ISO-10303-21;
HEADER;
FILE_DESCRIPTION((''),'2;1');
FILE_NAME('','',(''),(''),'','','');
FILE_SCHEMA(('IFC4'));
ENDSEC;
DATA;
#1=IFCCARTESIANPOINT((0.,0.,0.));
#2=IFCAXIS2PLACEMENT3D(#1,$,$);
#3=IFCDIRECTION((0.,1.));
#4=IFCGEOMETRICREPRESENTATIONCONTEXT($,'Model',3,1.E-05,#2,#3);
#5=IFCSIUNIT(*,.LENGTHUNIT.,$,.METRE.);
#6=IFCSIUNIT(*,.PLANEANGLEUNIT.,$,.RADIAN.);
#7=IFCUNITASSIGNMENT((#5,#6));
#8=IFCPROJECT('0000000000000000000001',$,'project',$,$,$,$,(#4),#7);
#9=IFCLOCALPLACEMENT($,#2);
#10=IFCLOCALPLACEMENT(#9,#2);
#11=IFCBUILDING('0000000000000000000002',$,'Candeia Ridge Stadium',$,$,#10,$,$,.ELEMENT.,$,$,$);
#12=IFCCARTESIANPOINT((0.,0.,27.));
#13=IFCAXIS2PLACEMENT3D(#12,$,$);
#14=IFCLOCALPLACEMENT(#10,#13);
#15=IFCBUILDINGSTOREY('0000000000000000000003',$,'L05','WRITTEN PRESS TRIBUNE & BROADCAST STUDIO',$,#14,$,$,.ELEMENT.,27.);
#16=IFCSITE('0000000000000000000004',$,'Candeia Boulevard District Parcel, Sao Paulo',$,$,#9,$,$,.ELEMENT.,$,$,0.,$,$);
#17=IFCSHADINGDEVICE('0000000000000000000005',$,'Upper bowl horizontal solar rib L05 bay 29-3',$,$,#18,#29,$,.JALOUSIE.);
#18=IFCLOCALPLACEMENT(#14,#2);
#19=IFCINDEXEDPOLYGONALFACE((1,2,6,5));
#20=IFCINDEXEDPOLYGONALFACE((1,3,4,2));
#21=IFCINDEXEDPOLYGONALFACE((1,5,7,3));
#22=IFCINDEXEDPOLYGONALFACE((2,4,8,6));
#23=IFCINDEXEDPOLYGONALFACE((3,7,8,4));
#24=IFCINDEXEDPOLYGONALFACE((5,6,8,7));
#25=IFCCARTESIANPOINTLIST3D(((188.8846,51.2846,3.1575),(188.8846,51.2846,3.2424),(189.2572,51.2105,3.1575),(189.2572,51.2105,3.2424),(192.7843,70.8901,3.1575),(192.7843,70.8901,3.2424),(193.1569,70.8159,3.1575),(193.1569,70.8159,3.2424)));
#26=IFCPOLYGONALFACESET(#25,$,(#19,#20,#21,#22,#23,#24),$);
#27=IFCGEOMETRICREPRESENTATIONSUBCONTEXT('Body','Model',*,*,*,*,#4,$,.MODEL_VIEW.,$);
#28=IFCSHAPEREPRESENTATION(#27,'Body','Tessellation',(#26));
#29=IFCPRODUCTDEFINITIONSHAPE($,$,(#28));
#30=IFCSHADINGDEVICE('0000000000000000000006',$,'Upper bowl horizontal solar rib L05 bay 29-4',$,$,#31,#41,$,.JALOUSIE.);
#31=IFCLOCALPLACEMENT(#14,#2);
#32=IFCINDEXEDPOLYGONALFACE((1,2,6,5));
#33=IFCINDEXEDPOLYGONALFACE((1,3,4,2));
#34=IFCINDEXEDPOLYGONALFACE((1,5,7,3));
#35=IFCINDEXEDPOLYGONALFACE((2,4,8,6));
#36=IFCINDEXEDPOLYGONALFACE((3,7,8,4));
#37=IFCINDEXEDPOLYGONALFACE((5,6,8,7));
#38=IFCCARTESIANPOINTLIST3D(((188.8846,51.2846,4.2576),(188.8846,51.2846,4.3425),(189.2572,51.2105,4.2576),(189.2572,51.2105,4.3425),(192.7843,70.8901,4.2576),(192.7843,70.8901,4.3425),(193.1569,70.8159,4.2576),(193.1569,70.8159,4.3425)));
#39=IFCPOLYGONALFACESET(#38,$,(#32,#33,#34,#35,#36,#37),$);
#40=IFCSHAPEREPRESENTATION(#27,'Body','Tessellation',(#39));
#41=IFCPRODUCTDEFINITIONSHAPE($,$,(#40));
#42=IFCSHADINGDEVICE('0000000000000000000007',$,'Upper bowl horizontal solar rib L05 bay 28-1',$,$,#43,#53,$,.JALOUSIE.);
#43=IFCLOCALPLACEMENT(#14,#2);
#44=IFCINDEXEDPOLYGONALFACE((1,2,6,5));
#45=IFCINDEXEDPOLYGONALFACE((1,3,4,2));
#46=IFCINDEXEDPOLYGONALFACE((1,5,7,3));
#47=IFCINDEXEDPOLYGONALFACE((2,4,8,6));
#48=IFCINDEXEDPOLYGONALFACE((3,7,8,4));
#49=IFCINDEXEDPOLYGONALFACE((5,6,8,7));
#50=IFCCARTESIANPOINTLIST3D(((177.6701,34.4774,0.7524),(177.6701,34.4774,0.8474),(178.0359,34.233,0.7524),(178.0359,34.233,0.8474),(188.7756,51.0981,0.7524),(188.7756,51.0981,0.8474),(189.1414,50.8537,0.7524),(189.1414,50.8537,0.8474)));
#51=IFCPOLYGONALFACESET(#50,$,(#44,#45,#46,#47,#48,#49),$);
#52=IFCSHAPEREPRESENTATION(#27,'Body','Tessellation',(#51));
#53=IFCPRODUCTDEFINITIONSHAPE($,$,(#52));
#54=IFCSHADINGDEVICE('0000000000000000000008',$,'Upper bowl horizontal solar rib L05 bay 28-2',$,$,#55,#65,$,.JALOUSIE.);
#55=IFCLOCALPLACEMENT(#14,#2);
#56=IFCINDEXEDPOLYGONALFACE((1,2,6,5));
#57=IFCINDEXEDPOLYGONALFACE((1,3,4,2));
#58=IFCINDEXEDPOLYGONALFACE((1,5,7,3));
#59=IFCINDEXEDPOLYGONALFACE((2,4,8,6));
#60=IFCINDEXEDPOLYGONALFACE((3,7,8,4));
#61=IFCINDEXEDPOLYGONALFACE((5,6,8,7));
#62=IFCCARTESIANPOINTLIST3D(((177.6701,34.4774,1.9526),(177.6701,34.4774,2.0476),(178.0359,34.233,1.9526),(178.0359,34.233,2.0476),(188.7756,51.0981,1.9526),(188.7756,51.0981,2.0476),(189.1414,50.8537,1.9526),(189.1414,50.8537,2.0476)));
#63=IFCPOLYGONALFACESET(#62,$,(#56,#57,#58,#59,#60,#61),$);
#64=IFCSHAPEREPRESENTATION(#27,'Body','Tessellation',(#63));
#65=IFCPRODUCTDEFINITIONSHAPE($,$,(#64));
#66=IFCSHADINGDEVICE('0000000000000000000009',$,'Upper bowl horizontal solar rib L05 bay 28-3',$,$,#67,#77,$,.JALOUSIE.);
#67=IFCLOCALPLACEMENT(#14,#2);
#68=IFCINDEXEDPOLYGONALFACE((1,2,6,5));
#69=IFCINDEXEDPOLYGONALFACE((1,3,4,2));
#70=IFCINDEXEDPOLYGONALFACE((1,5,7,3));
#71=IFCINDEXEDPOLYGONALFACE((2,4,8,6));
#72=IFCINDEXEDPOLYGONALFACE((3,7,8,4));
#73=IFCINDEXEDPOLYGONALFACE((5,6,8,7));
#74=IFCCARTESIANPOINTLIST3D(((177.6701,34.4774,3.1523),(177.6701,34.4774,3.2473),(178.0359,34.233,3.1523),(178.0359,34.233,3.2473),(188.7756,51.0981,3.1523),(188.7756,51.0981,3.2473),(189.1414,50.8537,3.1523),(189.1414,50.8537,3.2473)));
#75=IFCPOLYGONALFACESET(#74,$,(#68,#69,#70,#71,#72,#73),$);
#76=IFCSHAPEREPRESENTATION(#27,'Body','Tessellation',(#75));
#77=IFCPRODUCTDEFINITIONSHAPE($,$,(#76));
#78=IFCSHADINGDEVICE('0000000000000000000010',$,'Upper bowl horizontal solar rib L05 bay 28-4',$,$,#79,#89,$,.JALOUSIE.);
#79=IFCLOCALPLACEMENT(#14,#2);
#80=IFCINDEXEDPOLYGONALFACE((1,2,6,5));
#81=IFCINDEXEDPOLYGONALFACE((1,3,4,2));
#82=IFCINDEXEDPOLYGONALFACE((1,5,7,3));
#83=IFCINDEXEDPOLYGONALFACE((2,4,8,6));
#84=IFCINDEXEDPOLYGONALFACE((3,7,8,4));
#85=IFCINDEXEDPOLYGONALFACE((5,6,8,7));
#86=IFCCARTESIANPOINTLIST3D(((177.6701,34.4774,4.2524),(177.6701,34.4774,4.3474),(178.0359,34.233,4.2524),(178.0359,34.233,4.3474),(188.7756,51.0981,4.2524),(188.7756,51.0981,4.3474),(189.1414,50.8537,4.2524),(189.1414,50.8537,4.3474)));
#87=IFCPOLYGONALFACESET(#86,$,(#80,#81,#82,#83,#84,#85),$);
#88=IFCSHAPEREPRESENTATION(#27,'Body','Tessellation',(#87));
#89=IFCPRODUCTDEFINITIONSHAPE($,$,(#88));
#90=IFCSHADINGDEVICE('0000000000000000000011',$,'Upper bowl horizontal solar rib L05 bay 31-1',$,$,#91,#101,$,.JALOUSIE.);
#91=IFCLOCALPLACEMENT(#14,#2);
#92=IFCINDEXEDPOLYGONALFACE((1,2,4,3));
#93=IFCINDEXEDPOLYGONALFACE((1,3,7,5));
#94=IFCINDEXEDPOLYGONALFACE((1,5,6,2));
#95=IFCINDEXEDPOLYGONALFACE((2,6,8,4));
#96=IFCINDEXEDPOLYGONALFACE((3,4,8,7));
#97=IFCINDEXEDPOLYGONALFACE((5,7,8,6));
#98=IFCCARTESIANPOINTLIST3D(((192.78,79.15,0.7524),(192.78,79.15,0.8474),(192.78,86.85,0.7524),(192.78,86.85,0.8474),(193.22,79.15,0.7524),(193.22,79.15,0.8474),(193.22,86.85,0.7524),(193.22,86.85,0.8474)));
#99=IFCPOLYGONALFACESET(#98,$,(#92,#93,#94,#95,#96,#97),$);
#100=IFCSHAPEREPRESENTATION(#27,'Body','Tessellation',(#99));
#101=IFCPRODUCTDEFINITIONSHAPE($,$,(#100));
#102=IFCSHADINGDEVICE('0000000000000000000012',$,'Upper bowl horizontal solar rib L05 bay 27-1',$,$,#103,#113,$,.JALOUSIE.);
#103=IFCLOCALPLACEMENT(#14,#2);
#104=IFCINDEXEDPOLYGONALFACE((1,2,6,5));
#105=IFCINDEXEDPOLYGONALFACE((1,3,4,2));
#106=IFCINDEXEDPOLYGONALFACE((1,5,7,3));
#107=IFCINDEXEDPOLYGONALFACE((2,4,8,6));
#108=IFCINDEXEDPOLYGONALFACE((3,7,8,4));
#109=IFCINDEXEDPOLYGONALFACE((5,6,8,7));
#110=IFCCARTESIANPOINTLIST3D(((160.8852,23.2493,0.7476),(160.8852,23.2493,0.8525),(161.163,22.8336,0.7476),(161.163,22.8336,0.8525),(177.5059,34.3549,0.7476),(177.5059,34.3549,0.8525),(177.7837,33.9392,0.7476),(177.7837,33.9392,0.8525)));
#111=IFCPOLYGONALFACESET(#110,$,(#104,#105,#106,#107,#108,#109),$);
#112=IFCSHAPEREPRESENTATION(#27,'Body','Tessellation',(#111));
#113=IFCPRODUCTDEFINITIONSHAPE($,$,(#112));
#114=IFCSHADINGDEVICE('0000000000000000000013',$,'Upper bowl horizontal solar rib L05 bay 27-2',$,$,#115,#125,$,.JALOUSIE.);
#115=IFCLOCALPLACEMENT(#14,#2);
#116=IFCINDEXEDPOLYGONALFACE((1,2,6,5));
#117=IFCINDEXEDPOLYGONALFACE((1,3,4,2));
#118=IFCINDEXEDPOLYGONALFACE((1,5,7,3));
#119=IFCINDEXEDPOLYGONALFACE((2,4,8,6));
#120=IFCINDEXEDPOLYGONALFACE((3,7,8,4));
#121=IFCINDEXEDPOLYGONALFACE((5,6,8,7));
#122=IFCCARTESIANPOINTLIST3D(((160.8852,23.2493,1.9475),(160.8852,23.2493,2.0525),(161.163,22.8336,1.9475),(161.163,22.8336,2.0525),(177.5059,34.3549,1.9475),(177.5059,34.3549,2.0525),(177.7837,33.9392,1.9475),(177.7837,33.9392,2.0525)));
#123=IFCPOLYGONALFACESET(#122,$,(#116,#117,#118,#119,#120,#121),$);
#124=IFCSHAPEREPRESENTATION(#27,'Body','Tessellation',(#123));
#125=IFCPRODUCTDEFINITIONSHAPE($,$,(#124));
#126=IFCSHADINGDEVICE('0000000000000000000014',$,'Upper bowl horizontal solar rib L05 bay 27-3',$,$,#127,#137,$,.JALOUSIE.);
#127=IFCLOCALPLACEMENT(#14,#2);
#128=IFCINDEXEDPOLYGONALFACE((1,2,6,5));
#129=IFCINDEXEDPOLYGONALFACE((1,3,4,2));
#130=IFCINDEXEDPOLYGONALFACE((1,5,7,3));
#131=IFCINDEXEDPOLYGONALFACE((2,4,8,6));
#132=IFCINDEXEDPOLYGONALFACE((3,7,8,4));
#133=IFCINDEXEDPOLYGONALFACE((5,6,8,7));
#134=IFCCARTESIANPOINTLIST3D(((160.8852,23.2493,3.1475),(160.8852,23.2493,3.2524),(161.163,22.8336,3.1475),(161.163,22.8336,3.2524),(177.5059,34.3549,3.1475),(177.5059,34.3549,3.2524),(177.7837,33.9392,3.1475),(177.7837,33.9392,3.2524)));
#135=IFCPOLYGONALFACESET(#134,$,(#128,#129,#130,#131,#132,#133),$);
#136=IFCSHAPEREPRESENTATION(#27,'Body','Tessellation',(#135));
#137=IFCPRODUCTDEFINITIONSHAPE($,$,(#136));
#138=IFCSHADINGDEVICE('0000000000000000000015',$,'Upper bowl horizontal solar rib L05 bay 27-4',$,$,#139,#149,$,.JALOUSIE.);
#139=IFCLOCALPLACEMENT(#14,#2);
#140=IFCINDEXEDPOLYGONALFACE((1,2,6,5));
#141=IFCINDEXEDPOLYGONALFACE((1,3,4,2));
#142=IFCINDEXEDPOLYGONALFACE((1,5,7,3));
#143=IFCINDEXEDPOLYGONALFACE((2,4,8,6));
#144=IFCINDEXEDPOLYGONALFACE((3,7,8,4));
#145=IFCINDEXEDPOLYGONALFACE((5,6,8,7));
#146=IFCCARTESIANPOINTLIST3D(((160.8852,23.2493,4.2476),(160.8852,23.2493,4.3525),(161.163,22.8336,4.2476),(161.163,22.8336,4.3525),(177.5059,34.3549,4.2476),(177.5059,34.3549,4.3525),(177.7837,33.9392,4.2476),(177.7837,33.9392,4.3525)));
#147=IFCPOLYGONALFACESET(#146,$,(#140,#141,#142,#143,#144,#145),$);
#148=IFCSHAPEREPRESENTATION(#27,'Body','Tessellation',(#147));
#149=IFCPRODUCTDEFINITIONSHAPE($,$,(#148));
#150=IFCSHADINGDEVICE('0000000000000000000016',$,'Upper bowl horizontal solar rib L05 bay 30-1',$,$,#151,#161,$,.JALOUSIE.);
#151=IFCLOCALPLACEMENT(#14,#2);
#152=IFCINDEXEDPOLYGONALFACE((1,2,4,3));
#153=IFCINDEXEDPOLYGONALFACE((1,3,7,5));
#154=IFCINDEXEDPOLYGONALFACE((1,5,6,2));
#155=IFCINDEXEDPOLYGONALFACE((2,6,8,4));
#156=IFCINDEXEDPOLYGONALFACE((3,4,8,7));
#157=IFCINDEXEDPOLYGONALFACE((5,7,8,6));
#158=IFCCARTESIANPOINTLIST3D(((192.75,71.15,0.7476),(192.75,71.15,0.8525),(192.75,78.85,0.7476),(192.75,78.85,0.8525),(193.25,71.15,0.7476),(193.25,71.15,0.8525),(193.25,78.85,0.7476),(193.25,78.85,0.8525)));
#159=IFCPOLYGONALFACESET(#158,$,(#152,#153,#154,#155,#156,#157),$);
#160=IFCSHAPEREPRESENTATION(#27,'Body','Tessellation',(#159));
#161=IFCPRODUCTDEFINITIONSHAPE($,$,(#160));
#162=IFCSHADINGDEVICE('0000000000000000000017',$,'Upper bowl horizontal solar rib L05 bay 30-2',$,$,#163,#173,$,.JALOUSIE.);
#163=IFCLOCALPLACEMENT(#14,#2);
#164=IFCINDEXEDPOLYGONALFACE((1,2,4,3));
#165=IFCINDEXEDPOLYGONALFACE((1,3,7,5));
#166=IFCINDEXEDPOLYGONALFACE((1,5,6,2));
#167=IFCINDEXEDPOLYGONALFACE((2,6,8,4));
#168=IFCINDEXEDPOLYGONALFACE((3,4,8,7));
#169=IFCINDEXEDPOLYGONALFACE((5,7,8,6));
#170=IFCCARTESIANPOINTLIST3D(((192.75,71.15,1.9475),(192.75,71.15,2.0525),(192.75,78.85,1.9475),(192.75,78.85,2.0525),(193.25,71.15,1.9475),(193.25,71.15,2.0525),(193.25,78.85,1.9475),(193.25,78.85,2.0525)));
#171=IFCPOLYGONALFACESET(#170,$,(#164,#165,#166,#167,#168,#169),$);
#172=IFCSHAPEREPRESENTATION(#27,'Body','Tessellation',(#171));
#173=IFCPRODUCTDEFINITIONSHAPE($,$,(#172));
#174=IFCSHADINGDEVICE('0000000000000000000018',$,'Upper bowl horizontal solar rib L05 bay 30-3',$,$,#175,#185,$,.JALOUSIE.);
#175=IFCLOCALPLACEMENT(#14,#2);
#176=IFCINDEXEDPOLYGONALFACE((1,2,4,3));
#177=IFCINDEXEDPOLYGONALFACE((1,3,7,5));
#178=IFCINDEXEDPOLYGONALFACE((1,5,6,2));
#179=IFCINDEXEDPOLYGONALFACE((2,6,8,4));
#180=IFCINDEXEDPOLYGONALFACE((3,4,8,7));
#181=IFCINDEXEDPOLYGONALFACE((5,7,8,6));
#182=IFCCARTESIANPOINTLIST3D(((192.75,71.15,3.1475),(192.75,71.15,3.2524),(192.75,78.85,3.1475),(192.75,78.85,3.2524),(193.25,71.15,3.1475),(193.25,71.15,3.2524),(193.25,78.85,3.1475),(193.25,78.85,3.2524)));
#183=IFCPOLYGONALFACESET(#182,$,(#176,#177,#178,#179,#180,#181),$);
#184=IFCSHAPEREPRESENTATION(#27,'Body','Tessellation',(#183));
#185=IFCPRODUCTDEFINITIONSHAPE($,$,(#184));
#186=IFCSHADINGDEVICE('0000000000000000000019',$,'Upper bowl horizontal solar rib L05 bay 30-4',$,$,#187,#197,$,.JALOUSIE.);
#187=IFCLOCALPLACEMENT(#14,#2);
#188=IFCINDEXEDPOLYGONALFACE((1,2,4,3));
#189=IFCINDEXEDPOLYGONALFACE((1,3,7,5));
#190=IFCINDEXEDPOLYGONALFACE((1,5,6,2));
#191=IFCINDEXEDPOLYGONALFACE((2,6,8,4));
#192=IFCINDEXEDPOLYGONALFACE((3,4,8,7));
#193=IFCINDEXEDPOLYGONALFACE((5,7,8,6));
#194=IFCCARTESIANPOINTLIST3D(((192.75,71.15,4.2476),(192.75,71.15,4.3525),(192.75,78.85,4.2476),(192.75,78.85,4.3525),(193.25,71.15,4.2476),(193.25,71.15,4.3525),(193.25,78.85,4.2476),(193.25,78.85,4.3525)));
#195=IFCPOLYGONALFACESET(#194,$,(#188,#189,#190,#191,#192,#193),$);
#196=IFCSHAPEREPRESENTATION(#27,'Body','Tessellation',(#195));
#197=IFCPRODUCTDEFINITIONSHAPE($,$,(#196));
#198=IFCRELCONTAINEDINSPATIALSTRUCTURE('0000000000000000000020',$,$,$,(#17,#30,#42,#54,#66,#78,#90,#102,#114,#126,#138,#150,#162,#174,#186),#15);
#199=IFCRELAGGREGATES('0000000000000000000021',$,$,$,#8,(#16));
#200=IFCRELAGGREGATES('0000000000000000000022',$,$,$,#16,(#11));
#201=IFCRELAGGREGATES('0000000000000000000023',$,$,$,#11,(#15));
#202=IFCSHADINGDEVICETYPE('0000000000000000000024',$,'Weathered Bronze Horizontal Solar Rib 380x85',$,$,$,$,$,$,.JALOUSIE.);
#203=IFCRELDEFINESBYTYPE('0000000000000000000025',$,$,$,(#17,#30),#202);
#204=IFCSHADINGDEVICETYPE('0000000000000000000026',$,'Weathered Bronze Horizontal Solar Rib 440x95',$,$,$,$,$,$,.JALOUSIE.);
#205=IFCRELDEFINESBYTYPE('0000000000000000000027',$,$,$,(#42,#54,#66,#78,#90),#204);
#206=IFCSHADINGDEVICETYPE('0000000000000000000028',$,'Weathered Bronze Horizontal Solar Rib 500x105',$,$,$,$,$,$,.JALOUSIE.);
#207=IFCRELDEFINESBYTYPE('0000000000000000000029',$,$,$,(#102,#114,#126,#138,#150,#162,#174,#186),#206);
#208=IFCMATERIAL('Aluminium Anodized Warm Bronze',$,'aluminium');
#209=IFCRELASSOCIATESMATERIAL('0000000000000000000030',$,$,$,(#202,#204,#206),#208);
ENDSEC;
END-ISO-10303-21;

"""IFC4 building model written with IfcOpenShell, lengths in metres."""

from ifc_helpers import new_model, si_unit, direction, frame, origin, origin_2d, place, context, subcontext, project, spatial, rectangle, extrude, material, type_object, element, save


model = new_model("IFC4")

# Units and contexts
model_context = context("Model", 3, precision=1e-05, world=origin(), true_north=direction((0.0, 1.0)))
body_context = subcontext(model_context, "Body", "Model", "MODEL_VIEW")
ifc_project = project(units=[si_unit("LENGTHUNIT", "METRE"), si_unit("PLANEANGLEUNIT", "RADIAN")], contexts=[model_context])

# Site, building, storey
site_placement = place(None, origin())
site = spatial("IfcSite", under=ifc_project, at=site_placement, Name="Candeia Boulevard District Parcel, Sao Paulo", CompositionType="ELEMENT", RefElevation=0.0)
building_placement = place(site_placement, origin())
building = spatial("IfcBuilding", under=site, at=building_placement, Name="Candeia Ridge Stadium", CompositionType="ELEMENT")
storey_placement = place(building_placement, frame((0.0, 0.0, 27.0)))
storey = spatial("IfcBuildingStorey", under=building, at=storey_placement, Name="L05", Description="WRITTEN PRESS TRIBUNE & BROADCAST STUDIO", CompositionType="ELEMENT", Elevation=27.0)

# Shading devices
ifc_material_1 = material(Name="Aluminium Anodized Warm Bronze", Category="aluminium")
shading_device_type_1 = type_object("IfcShadingDeviceType", Name="Weathered Bronze Horizontal Solar Rib 380x85", PredefinedType="JALOUSIE", material=ifc_material_1)
for number, where, z_axis, x_axis, name in (
    (1, (191.0208, 61.0503, 3.1575), (0.0, 0.0, 1.0), (0.19509, 0.980785, 0.0), "Upper bowl horizontal solar rib L05 bay 29-3"),
    (2, (191.0208, 61.0503, 4.2576), (0.0, 0.0, 1.0), (0.19509, 0.980785, 0.0), "Upper bowl horizontal solar rib L05 bay 29-4"),
):
    element("IfcShadingDevice", number, at=place(storey_placement, frame(where, z_axis=z_axis, x_axis=x_axis)), inside=storey, type_object=shading_device_type_1, Name=name, PredefinedType="JALOUSIE", context=body_context, shape_type="SweptSolid", body=[
        extrude(rectangle(XDim=19.9895, YDim=0.3799, at=origin_2d()), origin(), (0.0, 0.0, 1.0), 0.085),
    ])
shading_device_type_2 = type_object("IfcShadingDeviceType", Name="Weathered Bronze Horizontal Solar Rib 440x95", PredefinedType="JALOUSIE", material=ifc_material_1)
for number, where, z_axis, x_axis, name in (
    (3, (183.4058, 42.6655, 0.7524), (0.0, 0.0, 1.0), (0.55557, 0.83147, 0.0), "Upper bowl horizontal solar rib L05 bay 28-1"),
    (4, (183.4058, 42.6655, 1.9526), (0.0, 0.0, 1.0), (0.55557, 0.83147, 0.0), "Upper bowl horizontal solar rib L05 bay 28-2"),
    (5, (183.4058, 42.6655, 3.1523), (0.0, 0.0, 1.0), (0.55557, 0.83147, 0.0), "Upper bowl horizontal solar rib L05 bay 28-3"),
    (6, (183.4058, 42.6655, 4.2524), (0.0, 0.0, 1.0), (0.55557, 0.83147, 0.0), "Upper bowl horizontal solar rib L05 bay 28-4"),
):
    element("IfcShadingDevice", number, at=place(storey_placement, frame(where, z_axis=z_axis, x_axis=x_axis)), inside=storey, type_object=shading_device_type_2, Name=name, PredefinedType="JALOUSIE", context=body_context, shape_type="SweptSolid", body=[
        extrude(rectangle(XDim=19.9895, YDim=0.4399, at=origin_2d()), origin(), (0.0, 0.0, 1.0), 0.095),
    ])
shading_device_placement = place(storey_placement, frame((193.0, 83.0, 0.7524), z_axis=(0.0, 0.0, 1.0), x_axis=(0.0, 1.0, 0.0)))
element("IfcShadingDevice", 7, at=shading_device_placement, inside=storey, type_object=shading_device_type_2, Name="Upper bowl horizontal solar rib L05 bay 31-1", PredefinedType="JALOUSIE", context=body_context, shape_type="SweptSolid", body=[
    extrude(rectangle(XDim=7.7, YDim=0.4399, at=origin_2d()), origin(), (0.0, 0.0, 1.0), 0.095),
])
shading_device_type_3 = type_object("IfcShadingDeviceType", Name="Weathered Bronze Horizontal Solar Rib 500x105", PredefinedType="JALOUSIE", material=ifc_material_1)
for number, where, z_axis, x_axis, name in (
    (8, (169.3345, 28.5942, 0.7476), (0.0, 0.0, 1.0), (0.83147, 0.55557, 0.0), "Upper bowl horizontal solar rib L05 bay 27-1"),
    (9, (169.3345, 28.5942, 1.9475), (0.0, 0.0, 1.0), (0.83147, 0.55557, 0.0), "Upper bowl horizontal solar rib L05 bay 27-2"),
    (10, (169.3345, 28.5942, 3.1475), (0.0, 0.0, 1.0), (0.83147, 0.55557, 0.0), "Upper bowl horizontal solar rib L05 bay 27-3"),
    (11, (169.3345, 28.5942, 4.2476), (0.0, 0.0, 1.0), (0.83147, 0.55557, 0.0), "Upper bowl horizontal solar rib L05 bay 27-4"),
):
    element("IfcShadingDevice", number, at=place(storey_placement, frame(where, z_axis=z_axis, x_axis=x_axis)), inside=storey, type_object=shading_device_type_3, Name=name, PredefinedType="JALOUSIE", context=body_context, shape_type="SweptSolid", body=[
        extrude(rectangle(XDim=19.9895, YDim=0.5, at=origin_2d()), origin(), (0.0, 0.0, 1.0), 0.105),
    ])
for number, where, z_axis, x_axis, name in (
    (12, (193.0, 75.0, 0.7476), (0.0, 0.0, 1.0), (0.0, 1.0, 0.0), "Upper bowl horizontal solar rib L05 bay 30-1"),
    (13, (193.0, 75.0, 1.9475), (0.0, 0.0, 1.0), (0.0, 1.0, 0.0), "Upper bowl horizontal solar rib L05 bay 30-2"),
    (14, (193.0, 75.0, 3.1475), (0.0, 0.0, 1.0), (0.0, 1.0, 0.0), "Upper bowl horizontal solar rib L05 bay 30-3"),
    (15, (193.0, 75.0, 4.2476), (0.0, 0.0, 1.0), (0.0, 1.0, 0.0), "Upper bowl horizontal solar rib L05 bay 30-4"),
):
    element("IfcShadingDevice", number, at=place(storey_placement, frame(where, z_axis=z_axis, x_axis=x_axis)), inside=storey, type_object=shading_device_type_3, Name=name, PredefinedType="JALOUSIE", context=body_context, shape_type="SweptSolid", body=[
        extrude(rectangle(XDim=7.7, YDim=0.5, at=origin_2d()), origin(), (0.0, 0.0, 1.0), 0.105),
    ])

save(model, "model.ifc")
